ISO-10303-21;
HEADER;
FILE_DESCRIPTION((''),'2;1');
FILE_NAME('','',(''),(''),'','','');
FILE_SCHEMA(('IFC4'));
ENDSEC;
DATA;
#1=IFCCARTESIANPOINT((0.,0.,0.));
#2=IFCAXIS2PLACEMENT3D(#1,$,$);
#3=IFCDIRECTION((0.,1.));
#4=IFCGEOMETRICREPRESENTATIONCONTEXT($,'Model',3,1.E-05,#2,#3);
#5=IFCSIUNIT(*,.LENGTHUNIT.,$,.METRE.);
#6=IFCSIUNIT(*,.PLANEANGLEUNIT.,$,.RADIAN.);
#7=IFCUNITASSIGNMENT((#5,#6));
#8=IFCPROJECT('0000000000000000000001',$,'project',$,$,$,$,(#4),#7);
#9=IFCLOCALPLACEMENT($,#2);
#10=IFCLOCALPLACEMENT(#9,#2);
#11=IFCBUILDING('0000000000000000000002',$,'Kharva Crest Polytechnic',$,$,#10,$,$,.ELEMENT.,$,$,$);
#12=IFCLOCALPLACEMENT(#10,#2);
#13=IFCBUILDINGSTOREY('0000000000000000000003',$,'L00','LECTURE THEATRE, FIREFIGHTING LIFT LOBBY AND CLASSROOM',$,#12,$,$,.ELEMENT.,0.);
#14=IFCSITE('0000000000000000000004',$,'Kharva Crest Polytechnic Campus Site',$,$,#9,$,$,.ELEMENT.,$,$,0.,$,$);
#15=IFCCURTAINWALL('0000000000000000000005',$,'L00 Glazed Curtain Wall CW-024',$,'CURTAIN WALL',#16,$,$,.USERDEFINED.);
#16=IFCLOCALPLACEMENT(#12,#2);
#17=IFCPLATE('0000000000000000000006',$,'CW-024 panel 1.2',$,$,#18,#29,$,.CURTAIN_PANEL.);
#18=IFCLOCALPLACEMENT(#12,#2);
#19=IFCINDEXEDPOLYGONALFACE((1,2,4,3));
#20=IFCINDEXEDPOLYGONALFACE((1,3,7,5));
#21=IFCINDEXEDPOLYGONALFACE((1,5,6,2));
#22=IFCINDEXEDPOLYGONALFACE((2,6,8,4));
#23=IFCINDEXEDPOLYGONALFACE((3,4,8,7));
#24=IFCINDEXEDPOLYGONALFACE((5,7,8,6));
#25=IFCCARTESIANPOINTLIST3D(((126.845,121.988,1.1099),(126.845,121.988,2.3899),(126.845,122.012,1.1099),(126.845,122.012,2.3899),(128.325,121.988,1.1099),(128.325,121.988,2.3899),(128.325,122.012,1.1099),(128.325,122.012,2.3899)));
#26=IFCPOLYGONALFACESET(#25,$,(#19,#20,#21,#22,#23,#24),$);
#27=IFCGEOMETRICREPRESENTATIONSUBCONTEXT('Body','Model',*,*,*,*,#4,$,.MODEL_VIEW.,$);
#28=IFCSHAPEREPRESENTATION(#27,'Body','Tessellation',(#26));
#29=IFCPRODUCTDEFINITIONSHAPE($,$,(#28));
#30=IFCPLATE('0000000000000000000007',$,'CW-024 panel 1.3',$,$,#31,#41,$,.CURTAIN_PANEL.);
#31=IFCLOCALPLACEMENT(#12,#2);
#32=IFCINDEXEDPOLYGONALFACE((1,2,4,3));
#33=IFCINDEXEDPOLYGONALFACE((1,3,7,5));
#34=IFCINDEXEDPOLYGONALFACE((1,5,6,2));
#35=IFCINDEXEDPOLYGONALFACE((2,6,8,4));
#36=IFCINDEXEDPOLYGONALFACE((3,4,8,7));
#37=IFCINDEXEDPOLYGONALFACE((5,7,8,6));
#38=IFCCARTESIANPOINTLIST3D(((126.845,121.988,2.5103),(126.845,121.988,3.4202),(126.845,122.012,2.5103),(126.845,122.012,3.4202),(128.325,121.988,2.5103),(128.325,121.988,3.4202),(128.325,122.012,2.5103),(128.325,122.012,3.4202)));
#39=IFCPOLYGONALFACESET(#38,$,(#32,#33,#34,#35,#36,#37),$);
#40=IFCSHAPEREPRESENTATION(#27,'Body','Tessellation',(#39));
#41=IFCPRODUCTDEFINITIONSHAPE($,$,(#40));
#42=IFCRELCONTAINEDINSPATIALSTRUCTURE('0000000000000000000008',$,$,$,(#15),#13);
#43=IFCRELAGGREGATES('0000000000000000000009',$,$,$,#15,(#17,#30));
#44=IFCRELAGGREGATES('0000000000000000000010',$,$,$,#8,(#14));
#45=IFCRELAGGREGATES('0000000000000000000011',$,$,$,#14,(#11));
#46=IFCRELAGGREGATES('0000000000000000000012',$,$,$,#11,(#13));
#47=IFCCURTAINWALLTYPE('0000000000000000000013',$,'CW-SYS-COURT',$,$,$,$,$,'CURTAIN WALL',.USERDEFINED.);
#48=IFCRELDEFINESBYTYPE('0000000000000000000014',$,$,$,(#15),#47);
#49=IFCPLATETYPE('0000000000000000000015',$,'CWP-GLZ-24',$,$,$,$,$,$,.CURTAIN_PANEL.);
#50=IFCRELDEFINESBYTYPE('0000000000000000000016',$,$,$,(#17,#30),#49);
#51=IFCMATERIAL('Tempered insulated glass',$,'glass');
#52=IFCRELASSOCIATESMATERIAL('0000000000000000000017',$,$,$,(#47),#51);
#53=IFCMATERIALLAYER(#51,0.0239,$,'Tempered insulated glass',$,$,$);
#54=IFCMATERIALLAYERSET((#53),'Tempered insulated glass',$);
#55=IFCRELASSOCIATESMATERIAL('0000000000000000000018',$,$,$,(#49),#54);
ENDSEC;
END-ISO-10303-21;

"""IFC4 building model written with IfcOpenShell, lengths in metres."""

from ifc_helpers import new_model, si_unit, direction, frame, origin, origin_2d, place, context, subcontext, project, spatial, rectangle, extrude, material, layer, layer_set, type_object, element, aggregate, save


model = new_model("IFC4")

# Units and contexts
model_context = context("Model", 3, precision=1e-05, world=origin(), true_north=direction((0.0, 1.0)))
body_context = subcontext(model_context, "Body", "Model", "MODEL_VIEW")
ifc_project = project(units=[si_unit("LENGTHUNIT", "METRE"), si_unit("PLANEANGLEUNIT", "RADIAN")], contexts=[model_context])

# Site, building, storey
site_placement = place(None, origin())
site = spatial("IfcSite", under=ifc_project, at=site_placement, Name="Kharva Crest Polytechnic Campus Site", CompositionType="ELEMENT", RefElevation=0.0)
building_placement = place(site_placement, origin())
building = spatial("IfcBuilding", under=site, at=building_placement, Name="Kharva Crest Polytechnic", CompositionType="ELEMENT")
storey_placement = place(building_placement, origin())
storey = spatial("IfcBuildingStorey", under=building, at=storey_placement, Name="L00", Description="LECTURE THEATRE, FIREFIGHTING LIFT LOBBY AND CLASSROOM", CompositionType="ELEMENT", Elevation=0.0)

# Curtain wall
ifc_material_1 = material(Name="Tempered insulated glass", Category="glass")
curtain_wall_type = type_object("IfcCurtainWallType", Name="CW-SYS-COURT", ElementType="CURTAIN WALL", PredefinedType="USERDEFINED", material=ifc_material_1)
curtain_wall_placement = place(storey_placement, origin())
curtain_wall = element("IfcCurtainWall", 1, at=curtain_wall_placement, inside=storey, type_object=curtain_wall_type, Name="L00 Glazed Curtain Wall CW-024", ObjectType="CURTAIN WALL", PredefinedType="USERDEFINED")

# Plates
ifc_layer = layer(ifc_material_1, 0.0239, Name="Tempered insulated glass")
ifc_layer_set = layer_set([ifc_layer], Name="Tempered insulated glass")
plate_type = type_object("IfcPlateType", Name="CWP-GLZ-24", PredefinedType="CURTAIN_PANEL", material=ifc_layer_set)
plate_1_placement = place(storey_placement, frame((127.585, 122.0, 1.1099), z_axis=(0.0, 0.0, 1.0), x_axis=(-1.0, 0.0, 0.0)))
plate_1 = element("IfcPlate", 2, at=plate_1_placement, type_object=plate_type, Name="CW-024 panel 1.2", PredefinedType="CURTAIN_PANEL", context=body_context, shape_type="SweptSolid", body=[
    extrude(rectangle(XDim=1.48, YDim=0.0239, at=origin_2d()), origin(), (0.0, 0.0, 1.0), 1.28),
])
plate_2_placement = place(storey_placement, frame((127.585, 122.0, 2.5103), z_axis=(0.0, 0.0, 1.0), x_axis=(-1.0, 0.0, 0.0)))
plate_2 = element("IfcPlate", 3, at=plate_2_placement, type_object=plate_type, Name="CW-024 panel 1.3", PredefinedType="CURTAIN_PANEL", context=body_context, shape_type="SweptSolid", body=[
    extrude(rectangle(XDim=1.48, YDim=0.0239, at=origin_2d()), origin(), (0.0, 0.0, 1.0), 0.9099),
])
aggregate(curtain_wall, [plate_1, plate_2])

save(model, "model.ifc")
